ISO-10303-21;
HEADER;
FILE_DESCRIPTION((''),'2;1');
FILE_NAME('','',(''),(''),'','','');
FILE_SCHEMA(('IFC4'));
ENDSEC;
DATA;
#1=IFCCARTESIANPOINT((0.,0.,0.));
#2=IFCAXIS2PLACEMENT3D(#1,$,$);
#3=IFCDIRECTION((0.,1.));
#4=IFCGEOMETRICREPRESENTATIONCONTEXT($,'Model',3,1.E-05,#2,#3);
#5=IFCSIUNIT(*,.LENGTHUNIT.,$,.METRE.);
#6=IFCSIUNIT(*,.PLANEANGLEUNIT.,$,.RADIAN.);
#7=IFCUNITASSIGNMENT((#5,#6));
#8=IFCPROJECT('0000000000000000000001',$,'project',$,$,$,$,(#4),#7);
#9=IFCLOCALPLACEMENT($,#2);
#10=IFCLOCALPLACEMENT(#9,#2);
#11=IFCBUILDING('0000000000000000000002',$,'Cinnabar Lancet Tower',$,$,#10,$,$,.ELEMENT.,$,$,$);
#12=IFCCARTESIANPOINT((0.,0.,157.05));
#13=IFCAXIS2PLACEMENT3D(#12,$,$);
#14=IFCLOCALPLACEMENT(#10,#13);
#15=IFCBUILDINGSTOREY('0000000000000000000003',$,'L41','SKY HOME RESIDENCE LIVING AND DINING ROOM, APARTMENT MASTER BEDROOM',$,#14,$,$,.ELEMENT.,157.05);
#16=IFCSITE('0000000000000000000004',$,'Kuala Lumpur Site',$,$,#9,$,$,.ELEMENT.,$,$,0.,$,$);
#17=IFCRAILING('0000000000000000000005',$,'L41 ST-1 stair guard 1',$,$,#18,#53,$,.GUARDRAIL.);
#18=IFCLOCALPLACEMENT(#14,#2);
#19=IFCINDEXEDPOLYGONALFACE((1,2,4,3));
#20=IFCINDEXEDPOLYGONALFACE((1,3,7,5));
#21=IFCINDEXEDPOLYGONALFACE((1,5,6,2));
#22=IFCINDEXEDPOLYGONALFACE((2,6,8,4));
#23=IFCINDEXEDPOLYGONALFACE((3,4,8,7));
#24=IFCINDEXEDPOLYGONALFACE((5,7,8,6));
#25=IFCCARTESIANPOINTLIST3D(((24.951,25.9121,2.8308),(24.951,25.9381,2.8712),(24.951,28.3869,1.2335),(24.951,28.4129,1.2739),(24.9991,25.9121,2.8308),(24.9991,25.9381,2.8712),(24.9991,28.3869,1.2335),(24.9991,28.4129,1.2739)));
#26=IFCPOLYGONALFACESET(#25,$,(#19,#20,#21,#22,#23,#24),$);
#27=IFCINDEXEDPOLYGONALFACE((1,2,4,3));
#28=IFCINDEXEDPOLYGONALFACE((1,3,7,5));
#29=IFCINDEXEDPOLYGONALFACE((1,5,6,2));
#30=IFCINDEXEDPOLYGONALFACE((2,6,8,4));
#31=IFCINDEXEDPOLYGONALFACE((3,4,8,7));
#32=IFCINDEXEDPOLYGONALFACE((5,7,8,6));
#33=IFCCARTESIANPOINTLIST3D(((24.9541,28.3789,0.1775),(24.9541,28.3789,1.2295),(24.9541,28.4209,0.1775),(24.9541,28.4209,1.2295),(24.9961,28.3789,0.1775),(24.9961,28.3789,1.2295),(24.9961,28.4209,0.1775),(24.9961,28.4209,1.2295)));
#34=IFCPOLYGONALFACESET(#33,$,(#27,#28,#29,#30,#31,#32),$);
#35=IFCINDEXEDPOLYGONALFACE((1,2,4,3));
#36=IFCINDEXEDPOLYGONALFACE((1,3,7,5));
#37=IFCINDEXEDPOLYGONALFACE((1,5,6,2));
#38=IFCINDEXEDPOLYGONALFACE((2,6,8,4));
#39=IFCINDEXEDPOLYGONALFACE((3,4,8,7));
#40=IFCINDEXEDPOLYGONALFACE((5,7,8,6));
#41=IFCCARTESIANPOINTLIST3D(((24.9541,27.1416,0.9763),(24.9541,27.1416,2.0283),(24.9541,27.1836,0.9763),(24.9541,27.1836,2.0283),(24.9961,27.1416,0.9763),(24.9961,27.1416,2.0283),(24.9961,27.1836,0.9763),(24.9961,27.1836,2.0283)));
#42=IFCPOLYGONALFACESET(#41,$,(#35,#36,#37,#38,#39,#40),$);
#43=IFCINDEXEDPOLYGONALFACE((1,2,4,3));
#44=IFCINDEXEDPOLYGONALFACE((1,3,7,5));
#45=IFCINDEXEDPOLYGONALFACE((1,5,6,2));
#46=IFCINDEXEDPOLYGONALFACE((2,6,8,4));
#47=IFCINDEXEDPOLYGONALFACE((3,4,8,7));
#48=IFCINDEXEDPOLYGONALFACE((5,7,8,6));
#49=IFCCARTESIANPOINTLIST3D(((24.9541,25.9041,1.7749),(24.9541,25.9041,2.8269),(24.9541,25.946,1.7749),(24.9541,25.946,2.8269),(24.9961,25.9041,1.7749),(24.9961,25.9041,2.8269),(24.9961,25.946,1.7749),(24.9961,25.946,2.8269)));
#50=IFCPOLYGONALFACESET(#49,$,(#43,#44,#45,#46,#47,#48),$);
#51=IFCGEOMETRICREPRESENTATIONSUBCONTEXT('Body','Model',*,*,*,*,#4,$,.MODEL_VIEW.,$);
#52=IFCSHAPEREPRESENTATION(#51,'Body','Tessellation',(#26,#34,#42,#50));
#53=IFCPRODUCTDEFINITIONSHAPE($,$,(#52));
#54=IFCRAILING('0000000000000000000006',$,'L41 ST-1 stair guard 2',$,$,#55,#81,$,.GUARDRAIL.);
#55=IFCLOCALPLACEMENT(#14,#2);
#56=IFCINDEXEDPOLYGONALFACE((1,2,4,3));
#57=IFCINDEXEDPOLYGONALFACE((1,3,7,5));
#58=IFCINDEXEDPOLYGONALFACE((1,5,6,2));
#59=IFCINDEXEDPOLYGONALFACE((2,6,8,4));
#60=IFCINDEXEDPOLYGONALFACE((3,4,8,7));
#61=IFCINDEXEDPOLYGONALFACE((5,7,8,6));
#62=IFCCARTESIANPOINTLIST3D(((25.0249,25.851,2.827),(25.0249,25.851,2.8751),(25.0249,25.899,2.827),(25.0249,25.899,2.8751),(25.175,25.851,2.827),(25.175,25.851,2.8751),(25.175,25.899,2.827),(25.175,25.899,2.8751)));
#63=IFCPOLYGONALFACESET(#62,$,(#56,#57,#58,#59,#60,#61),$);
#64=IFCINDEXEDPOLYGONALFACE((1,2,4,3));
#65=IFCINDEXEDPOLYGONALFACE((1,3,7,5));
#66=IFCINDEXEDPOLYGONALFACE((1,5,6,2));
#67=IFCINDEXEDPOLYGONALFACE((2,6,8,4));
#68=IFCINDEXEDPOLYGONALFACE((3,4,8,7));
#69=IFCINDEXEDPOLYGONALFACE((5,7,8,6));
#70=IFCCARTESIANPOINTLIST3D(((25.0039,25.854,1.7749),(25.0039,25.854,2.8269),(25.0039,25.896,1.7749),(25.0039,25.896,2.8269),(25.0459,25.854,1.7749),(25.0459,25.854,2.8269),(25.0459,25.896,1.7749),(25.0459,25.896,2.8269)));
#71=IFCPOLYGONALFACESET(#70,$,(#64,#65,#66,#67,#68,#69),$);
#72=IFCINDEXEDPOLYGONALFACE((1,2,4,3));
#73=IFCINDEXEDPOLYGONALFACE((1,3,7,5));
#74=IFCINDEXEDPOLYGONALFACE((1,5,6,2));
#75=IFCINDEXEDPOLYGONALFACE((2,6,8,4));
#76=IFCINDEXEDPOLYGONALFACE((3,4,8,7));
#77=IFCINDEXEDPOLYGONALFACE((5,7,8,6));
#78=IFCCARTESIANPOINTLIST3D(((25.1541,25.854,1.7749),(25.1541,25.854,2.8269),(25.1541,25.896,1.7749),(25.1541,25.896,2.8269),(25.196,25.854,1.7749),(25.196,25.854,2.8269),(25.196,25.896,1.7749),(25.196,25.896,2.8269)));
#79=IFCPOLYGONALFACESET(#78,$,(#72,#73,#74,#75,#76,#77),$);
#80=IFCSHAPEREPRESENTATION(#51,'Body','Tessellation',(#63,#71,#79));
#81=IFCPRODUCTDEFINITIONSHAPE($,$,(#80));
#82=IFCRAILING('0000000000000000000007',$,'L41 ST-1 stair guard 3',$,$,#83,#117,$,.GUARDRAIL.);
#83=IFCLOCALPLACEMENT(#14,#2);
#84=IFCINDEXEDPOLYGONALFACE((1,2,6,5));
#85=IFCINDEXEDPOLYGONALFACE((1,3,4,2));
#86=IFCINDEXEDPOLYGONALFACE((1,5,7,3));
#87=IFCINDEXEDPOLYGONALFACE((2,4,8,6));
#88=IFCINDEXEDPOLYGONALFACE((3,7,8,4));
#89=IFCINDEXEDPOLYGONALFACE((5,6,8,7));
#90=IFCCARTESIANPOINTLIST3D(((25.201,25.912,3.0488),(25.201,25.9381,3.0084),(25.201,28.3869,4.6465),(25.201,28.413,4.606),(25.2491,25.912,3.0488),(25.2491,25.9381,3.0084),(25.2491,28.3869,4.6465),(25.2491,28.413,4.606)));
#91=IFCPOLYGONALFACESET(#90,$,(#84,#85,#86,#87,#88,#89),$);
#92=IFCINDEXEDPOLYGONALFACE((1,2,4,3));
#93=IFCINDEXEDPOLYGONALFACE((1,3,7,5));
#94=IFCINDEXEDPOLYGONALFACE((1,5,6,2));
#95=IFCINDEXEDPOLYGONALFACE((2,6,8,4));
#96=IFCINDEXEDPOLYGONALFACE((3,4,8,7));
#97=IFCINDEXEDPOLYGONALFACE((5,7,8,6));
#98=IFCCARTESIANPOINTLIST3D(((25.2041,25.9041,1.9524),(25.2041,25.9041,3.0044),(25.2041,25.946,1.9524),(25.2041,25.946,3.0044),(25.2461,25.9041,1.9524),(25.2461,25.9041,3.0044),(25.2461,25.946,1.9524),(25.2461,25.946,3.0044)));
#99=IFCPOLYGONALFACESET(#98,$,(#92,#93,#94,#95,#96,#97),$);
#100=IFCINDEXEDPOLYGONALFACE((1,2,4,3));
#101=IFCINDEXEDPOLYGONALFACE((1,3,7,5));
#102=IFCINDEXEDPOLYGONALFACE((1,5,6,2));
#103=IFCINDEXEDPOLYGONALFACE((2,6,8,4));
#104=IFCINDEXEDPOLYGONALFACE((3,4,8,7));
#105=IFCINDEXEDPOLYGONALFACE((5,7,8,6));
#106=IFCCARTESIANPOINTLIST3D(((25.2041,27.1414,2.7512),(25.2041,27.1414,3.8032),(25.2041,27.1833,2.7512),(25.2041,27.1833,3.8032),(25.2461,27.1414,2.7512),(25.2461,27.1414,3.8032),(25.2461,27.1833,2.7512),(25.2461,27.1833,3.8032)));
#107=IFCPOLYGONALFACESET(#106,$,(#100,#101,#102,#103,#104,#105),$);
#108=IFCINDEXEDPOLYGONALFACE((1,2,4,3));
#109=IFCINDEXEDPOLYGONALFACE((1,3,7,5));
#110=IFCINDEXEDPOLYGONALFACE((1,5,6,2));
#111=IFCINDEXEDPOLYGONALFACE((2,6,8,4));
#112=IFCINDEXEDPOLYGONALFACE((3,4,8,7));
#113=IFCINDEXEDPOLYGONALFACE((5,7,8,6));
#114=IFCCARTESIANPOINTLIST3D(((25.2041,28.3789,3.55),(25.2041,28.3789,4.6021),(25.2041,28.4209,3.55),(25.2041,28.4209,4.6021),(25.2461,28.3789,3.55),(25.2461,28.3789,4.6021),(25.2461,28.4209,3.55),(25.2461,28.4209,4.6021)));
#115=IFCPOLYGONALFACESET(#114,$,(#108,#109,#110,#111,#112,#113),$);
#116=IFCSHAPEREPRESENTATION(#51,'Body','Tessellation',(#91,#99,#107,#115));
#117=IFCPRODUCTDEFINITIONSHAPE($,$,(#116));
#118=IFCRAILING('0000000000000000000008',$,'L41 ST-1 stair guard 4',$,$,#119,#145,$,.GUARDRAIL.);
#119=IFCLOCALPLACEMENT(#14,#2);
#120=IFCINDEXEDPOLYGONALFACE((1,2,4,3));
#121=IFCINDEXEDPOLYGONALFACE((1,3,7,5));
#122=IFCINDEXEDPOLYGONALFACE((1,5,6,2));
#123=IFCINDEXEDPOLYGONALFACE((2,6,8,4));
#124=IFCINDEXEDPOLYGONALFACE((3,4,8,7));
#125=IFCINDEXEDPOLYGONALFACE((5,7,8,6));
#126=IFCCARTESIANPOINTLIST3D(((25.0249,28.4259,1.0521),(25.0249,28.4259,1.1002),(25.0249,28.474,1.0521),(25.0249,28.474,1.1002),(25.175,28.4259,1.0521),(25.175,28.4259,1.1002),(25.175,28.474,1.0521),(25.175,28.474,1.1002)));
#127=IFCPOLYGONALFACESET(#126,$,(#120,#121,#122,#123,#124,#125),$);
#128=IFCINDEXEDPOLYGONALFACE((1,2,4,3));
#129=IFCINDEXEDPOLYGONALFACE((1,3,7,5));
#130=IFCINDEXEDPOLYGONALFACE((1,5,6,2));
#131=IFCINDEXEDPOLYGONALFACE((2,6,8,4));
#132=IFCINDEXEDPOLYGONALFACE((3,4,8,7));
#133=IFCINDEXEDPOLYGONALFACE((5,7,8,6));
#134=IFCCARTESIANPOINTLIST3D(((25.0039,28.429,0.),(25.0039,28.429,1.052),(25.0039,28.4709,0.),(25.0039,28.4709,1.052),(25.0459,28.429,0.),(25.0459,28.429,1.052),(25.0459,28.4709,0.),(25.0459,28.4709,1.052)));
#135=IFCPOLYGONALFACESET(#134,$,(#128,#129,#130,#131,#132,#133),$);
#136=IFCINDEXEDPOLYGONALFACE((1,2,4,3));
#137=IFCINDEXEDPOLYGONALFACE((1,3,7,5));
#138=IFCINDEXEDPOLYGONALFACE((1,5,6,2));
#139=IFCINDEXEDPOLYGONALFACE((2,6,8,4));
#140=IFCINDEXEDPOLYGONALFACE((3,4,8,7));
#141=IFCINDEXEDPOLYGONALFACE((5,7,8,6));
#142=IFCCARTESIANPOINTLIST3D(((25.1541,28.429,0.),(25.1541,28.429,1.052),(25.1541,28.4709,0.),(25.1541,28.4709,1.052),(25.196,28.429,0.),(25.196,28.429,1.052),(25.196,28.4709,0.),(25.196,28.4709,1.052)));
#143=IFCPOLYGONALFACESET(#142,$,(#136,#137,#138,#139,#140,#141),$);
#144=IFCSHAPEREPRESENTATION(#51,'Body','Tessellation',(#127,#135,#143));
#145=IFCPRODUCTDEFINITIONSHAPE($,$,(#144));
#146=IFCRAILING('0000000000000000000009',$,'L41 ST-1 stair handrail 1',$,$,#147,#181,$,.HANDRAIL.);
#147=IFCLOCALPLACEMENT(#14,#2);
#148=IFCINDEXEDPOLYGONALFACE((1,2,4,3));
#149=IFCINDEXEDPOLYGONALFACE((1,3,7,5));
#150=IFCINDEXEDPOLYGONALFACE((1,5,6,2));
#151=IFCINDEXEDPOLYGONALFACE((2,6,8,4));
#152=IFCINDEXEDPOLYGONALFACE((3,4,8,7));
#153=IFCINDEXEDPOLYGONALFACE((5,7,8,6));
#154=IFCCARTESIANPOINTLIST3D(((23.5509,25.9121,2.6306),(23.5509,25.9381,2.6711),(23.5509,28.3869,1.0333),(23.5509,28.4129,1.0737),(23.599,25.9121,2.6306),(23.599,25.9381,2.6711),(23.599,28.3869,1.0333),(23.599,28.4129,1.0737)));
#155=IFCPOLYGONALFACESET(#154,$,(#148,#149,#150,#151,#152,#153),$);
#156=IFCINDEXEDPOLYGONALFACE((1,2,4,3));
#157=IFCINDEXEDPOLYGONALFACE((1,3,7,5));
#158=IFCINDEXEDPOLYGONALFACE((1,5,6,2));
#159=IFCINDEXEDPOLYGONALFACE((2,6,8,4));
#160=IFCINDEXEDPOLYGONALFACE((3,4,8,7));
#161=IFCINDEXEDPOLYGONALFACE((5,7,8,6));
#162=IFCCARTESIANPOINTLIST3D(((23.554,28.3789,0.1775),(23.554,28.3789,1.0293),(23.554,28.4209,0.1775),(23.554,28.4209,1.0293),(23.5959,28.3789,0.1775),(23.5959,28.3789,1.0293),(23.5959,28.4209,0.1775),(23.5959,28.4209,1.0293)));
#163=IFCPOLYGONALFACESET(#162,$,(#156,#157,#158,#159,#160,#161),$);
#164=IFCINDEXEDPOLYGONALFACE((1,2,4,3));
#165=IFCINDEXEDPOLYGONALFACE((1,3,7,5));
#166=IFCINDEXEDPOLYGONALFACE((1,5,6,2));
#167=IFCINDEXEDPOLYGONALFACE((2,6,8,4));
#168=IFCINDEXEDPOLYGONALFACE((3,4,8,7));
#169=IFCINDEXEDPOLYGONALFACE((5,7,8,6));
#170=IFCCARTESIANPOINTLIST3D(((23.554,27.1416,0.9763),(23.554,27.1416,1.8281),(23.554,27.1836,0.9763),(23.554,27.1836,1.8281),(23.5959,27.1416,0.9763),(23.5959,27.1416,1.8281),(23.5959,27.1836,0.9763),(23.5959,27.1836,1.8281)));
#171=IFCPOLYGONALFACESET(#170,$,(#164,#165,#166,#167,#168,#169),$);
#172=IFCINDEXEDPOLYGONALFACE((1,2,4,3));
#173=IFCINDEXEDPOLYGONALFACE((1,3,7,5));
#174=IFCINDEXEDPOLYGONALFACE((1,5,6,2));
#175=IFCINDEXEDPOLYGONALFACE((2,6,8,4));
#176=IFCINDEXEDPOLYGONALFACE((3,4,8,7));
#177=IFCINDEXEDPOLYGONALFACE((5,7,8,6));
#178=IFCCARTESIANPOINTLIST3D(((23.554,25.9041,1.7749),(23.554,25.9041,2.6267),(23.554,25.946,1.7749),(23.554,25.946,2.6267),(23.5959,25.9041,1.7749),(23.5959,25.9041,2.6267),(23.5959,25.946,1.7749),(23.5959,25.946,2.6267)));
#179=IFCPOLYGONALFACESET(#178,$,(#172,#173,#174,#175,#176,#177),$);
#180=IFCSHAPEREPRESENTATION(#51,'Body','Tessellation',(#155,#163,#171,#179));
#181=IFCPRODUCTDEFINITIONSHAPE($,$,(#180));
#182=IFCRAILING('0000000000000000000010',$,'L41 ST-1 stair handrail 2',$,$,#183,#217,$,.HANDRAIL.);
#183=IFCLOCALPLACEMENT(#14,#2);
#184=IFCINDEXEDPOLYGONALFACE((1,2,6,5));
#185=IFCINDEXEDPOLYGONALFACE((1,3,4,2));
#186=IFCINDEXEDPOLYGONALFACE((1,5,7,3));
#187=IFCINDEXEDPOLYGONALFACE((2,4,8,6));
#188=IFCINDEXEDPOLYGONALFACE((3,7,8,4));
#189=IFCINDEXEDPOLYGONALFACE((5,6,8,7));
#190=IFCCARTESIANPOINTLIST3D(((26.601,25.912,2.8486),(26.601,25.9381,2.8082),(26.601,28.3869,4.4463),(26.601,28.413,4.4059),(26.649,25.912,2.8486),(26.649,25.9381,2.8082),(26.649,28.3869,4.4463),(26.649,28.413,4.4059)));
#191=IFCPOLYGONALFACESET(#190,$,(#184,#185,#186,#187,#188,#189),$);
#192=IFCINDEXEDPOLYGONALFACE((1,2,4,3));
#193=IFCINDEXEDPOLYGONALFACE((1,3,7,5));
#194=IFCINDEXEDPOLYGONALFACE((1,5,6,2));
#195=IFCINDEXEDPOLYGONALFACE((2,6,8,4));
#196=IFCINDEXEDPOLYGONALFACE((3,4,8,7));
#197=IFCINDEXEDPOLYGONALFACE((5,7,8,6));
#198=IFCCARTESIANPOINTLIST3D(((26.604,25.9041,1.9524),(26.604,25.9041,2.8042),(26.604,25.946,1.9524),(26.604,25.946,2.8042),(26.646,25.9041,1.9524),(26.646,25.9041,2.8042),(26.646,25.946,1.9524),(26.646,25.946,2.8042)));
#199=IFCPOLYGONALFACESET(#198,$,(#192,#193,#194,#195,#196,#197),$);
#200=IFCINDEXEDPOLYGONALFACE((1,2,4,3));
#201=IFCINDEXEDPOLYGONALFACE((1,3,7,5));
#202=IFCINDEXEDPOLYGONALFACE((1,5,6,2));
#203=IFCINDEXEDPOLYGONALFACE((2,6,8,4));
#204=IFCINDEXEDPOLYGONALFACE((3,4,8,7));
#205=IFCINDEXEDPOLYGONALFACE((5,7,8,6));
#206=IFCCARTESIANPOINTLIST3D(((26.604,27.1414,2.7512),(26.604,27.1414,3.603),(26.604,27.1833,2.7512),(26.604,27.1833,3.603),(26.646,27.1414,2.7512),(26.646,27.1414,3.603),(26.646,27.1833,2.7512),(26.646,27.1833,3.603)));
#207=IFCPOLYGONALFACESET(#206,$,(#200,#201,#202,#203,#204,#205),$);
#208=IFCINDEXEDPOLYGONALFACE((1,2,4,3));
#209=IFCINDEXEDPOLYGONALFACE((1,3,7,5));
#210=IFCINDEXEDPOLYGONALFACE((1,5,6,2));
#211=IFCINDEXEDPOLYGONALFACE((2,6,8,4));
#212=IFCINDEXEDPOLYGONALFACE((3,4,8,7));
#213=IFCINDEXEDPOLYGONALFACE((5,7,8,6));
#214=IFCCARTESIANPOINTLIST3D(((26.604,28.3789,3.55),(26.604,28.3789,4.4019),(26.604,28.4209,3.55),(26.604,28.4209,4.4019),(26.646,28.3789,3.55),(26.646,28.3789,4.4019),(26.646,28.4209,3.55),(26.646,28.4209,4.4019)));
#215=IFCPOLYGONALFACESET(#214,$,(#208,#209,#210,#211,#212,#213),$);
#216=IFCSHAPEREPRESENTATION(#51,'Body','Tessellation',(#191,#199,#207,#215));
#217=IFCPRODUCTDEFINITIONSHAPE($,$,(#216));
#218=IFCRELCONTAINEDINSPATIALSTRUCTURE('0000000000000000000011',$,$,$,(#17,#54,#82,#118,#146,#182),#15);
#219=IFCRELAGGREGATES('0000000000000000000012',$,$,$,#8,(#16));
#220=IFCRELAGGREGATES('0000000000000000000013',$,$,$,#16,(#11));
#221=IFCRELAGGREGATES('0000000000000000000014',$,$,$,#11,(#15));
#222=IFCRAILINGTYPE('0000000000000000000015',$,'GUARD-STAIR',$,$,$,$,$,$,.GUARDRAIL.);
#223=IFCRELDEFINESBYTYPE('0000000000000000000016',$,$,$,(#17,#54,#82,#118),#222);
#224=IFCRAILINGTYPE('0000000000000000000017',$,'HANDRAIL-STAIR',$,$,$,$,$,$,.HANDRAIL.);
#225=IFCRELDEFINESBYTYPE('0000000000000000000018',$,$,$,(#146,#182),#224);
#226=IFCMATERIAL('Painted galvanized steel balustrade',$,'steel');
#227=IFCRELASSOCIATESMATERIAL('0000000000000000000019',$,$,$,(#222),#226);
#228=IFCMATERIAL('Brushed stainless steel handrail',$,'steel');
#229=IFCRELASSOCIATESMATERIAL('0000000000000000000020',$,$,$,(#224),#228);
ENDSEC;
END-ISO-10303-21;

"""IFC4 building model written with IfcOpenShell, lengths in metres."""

from ifc_helpers import new_model, si_unit, direction, frame, origin, origin_2d, place, context, subcontext, project, spatial, rectangle, extrude, material, type_object, element, save


model = new_model("IFC4")

# Units and contexts
model_context = context("Model", 3, precision=1e-05, world=origin(), true_north=direction((0.0, 1.0)))
body_context = subcontext(model_context, "Body", "Model", "MODEL_VIEW")
ifc_project = project(units=[si_unit("LENGTHUNIT", "METRE"), si_unit("PLANEANGLEUNIT", "RADIAN")], contexts=[model_context])

# Site, building, storey
site_placement = place(None, origin())
site = spatial("IfcSite", under=ifc_project, at=site_placement, Name="Kuala Lumpur Site", CompositionType="ELEMENT", RefElevation=0.0)
building_placement = place(site_placement, origin())
building = spatial("IfcBuilding", under=site, at=building_placement, Name="Cinnabar Lancet Tower", CompositionType="ELEMENT")
storey_placement = place(building_placement, frame((0.0, 0.0, 157.05)))
storey = spatial("IfcBuildingStorey", under=building, at=storey_placement, Name="L41", Description="SKY HOME RESIDENCE LIVING AND DINING ROOM, APARTMENT MASTER BEDROOM", CompositionType="ELEMENT", Elevation=157.05)

# Railings
ifc_material_1 = material(Name="Painted galvanized steel balustrade", Category="steel")
railing_type_1 = type_object("IfcRailingType", Name="GUARD-STAIR", PredefinedType="GUARDRAIL", material=ifc_material_1)
railing_1_placement = place(storey_placement, frame((24.9751, 28.3999, 0.1775)))
element("IfcRailing", 1, at=railing_1_placement, inside=storey, type_object=railing_type_1, Name="L41 ST-1 stair guard 1", PredefinedType="GUARDRAIL", context=body_context, shape_type="SweptSolid", body=[
    extrude(rectangle(XDim=0.0481, YDim=0.0481, at=origin_2d()), frame((0.0, 0.0, 1.0762), z_axis=(0.0, -0.840183, 0.542302), x_axis=(1.0, 0.0, 0.0)), (0.0, 0.0, 1.0), 2.9456),
    extrude(rectangle(XDim=0.042, YDim=0.042, at=origin_2d()), origin(), (0.0, 0.0, 1.0), 1.052),
    extrude(rectangle(XDim=0.042, YDim=0.042, at=origin_2d()), frame((0.0, -1.2373, 0.7988)), (0.0, 0.0, 1.0), 1.052),
    extrude(rectangle(XDim=0.042, YDim=0.042, at=origin_2d()), frame((0.0, -2.4749, 1.5974)), (0.0, 0.0, 1.0), 1.052),
])
railing_2_placement = place(storey_placement, frame((25.0249, 25.875, 1.7749)))
element("IfcRailing", 2, at=railing_2_placement, inside=storey, type_object=railing_type_1, Name="L41 ST-1 stair guard 2", PredefinedType="GUARDRAIL", context=body_context, shape_type="SweptSolid", body=[
    extrude(rectangle(XDim=0.0481, YDim=0.0481, at=origin_2d()), frame((0.0, 0.0, 1.0762), z_axis=(1.0, 0.0, 0.0), x_axis=(0.0, 1.0, 0.0)), (0.0, 0.0, 1.0), 0.1501),
    extrude(rectangle(XDim=0.042, YDim=0.042, at=origin_2d()), origin(), (0.0, 0.0, 1.0), 1.052),
    extrude(rectangle(XDim=0.042, YDim=0.042, at=origin_2d()), frame((0.1501, 0.0, 0.0)), (0.0, 0.0, 1.0), 1.052),
])
railing_3_placement = place(storey_placement, frame((25.2251, 25.925, 1.9524)))
element("IfcRailing", 3, at=railing_3_placement, inside=storey, type_object=railing_type_1, Name="L41 ST-1 stair guard 3", PredefinedType="GUARDRAIL", context=body_context, shape_type="SweptSolid", body=[
    extrude(rectangle(XDim=0.0481, YDim=0.0481, at=origin_2d()), frame((0.0, 0.0, 1.0762), z_axis=(0.0, 0.840146, 0.542361), x_axis=(-1.0, 0.0, 0.0)), (0.0, 0.0, 1.0), 2.9458),
    extrude(rectangle(XDim=0.042, YDim=0.042, at=origin_2d()), origin(), (0.0, 0.0, 1.0), 1.052),
    extrude(rectangle(XDim=0.042, YDim=0.042, at=origin_2d()), frame((0.0, 1.2373, 0.7988)), (0.0, 0.0, 1.0), 1.052),
    extrude(rectangle(XDim=0.042, YDim=0.042, at=origin_2d()), frame((0.0, 2.4749, 1.5977)), (0.0, 0.0, 1.0), 1.052),
])
railing_4_placement = place(storey_placement, frame((25.0249, 28.45, 0.0)))
element("IfcRailing", 4, at=railing_4_placement, inside=storey, type_object=railing_type_1, Name="L41 ST-1 stair guard 4", PredefinedType="GUARDRAIL", context=body_context, shape_type="SweptSolid", body=[
    extrude(rectangle(XDim=0.0481, YDim=0.0481, at=origin_2d()), frame((0.0, 0.0, 1.0762), z_axis=(1.0, 0.0, 0.0), x_axis=(0.0, 1.0, 0.0)), (0.0, 0.0, 1.0), 0.1501),
    extrude(rectangle(XDim=0.042, YDim=0.042, at=origin_2d()), origin(), (0.0, 0.0, 1.0), 1.052),
    extrude(rectangle(XDim=0.042, YDim=0.042, at=origin_2d()), frame((0.1501, 0.0, 0.0)), (0.0, 0.0, 1.0), 1.052),
])
ifc_material_2 = material(Name="Brushed stainless steel handrail", Category="steel")
railing_type_2 = type_object("IfcRailingType", Name="HANDRAIL-STAIR", PredefinedType="HANDRAIL", material=ifc_material_2)
railing_5_placement = place(storey_placement, frame((23.575, 28.3999, 0.1775)))
element("IfcRailing", 5, at=railing_5_placement, inside=storey, type_object=railing_type_2, Name="L41 ST-1 stair handrail 1", PredefinedType="HANDRAIL", context=body_context, shape_type="SweptSolid", body=[
    extrude(rectangle(XDim=0.0481, YDim=0.0481, at=origin_2d()), frame((0.0, 0.0, 0.876), z_axis=(0.0, -0.840183, 0.542302), x_axis=(1.0, 0.0, 0.0)), (0.0, 0.0, 1.0), 2.9456),
    extrude(rectangle(XDim=0.042, YDim=0.042, at=origin_2d()), origin(), (0.0, 0.0, 1.0), 0.8518),
    extrude(rectangle(XDim=0.042, YDim=0.042, at=origin_2d()), frame((0.0, -1.2373, 0.7988)), (0.0, 0.0, 1.0), 0.8518),
    extrude(rectangle(XDim=0.042, YDim=0.042, at=origin_2d()), frame((0.0, -2.4749, 1.5974)), (0.0, 0.0, 1.0), 0.8518),
])
railing_6_placement = place(storey_placement, frame((26.625, 25.925, 1.9524)))
element("IfcRailing", 6, at=railing_6_placement, inside=storey, type_object=railing_type_2, Name="L41 ST-1 stair handrail 2", PredefinedType="HANDRAIL", context=body_context, shape_type="SweptSolid", body=[
    extrude(rectangle(XDim=0.0481, YDim=0.0481, at=origin_2d()), frame((0.0, 0.0, 0.876), z_axis=(0.0, 0.840146, 0.542361), x_axis=(-1.0, 0.0, 0.0)), (0.0, 0.0, 1.0), 2.9458),
    extrude(rectangle(XDim=0.042, YDim=0.042, at=origin_2d()), origin(), (0.0, 0.0, 1.0), 0.8518),
    extrude(rectangle(XDim=0.042, YDim=0.042, at=origin_2d()), frame((0.0, 1.2373, 0.7988)), (0.0, 0.0, 1.0), 0.8518),
    extrude(rectangle(XDim=0.042, YDim=0.042, at=origin_2d()), frame((0.0, 2.4749, 1.5977)), (0.0, 0.0, 1.0), 0.8518),
])

save(model, "model.ifc")
